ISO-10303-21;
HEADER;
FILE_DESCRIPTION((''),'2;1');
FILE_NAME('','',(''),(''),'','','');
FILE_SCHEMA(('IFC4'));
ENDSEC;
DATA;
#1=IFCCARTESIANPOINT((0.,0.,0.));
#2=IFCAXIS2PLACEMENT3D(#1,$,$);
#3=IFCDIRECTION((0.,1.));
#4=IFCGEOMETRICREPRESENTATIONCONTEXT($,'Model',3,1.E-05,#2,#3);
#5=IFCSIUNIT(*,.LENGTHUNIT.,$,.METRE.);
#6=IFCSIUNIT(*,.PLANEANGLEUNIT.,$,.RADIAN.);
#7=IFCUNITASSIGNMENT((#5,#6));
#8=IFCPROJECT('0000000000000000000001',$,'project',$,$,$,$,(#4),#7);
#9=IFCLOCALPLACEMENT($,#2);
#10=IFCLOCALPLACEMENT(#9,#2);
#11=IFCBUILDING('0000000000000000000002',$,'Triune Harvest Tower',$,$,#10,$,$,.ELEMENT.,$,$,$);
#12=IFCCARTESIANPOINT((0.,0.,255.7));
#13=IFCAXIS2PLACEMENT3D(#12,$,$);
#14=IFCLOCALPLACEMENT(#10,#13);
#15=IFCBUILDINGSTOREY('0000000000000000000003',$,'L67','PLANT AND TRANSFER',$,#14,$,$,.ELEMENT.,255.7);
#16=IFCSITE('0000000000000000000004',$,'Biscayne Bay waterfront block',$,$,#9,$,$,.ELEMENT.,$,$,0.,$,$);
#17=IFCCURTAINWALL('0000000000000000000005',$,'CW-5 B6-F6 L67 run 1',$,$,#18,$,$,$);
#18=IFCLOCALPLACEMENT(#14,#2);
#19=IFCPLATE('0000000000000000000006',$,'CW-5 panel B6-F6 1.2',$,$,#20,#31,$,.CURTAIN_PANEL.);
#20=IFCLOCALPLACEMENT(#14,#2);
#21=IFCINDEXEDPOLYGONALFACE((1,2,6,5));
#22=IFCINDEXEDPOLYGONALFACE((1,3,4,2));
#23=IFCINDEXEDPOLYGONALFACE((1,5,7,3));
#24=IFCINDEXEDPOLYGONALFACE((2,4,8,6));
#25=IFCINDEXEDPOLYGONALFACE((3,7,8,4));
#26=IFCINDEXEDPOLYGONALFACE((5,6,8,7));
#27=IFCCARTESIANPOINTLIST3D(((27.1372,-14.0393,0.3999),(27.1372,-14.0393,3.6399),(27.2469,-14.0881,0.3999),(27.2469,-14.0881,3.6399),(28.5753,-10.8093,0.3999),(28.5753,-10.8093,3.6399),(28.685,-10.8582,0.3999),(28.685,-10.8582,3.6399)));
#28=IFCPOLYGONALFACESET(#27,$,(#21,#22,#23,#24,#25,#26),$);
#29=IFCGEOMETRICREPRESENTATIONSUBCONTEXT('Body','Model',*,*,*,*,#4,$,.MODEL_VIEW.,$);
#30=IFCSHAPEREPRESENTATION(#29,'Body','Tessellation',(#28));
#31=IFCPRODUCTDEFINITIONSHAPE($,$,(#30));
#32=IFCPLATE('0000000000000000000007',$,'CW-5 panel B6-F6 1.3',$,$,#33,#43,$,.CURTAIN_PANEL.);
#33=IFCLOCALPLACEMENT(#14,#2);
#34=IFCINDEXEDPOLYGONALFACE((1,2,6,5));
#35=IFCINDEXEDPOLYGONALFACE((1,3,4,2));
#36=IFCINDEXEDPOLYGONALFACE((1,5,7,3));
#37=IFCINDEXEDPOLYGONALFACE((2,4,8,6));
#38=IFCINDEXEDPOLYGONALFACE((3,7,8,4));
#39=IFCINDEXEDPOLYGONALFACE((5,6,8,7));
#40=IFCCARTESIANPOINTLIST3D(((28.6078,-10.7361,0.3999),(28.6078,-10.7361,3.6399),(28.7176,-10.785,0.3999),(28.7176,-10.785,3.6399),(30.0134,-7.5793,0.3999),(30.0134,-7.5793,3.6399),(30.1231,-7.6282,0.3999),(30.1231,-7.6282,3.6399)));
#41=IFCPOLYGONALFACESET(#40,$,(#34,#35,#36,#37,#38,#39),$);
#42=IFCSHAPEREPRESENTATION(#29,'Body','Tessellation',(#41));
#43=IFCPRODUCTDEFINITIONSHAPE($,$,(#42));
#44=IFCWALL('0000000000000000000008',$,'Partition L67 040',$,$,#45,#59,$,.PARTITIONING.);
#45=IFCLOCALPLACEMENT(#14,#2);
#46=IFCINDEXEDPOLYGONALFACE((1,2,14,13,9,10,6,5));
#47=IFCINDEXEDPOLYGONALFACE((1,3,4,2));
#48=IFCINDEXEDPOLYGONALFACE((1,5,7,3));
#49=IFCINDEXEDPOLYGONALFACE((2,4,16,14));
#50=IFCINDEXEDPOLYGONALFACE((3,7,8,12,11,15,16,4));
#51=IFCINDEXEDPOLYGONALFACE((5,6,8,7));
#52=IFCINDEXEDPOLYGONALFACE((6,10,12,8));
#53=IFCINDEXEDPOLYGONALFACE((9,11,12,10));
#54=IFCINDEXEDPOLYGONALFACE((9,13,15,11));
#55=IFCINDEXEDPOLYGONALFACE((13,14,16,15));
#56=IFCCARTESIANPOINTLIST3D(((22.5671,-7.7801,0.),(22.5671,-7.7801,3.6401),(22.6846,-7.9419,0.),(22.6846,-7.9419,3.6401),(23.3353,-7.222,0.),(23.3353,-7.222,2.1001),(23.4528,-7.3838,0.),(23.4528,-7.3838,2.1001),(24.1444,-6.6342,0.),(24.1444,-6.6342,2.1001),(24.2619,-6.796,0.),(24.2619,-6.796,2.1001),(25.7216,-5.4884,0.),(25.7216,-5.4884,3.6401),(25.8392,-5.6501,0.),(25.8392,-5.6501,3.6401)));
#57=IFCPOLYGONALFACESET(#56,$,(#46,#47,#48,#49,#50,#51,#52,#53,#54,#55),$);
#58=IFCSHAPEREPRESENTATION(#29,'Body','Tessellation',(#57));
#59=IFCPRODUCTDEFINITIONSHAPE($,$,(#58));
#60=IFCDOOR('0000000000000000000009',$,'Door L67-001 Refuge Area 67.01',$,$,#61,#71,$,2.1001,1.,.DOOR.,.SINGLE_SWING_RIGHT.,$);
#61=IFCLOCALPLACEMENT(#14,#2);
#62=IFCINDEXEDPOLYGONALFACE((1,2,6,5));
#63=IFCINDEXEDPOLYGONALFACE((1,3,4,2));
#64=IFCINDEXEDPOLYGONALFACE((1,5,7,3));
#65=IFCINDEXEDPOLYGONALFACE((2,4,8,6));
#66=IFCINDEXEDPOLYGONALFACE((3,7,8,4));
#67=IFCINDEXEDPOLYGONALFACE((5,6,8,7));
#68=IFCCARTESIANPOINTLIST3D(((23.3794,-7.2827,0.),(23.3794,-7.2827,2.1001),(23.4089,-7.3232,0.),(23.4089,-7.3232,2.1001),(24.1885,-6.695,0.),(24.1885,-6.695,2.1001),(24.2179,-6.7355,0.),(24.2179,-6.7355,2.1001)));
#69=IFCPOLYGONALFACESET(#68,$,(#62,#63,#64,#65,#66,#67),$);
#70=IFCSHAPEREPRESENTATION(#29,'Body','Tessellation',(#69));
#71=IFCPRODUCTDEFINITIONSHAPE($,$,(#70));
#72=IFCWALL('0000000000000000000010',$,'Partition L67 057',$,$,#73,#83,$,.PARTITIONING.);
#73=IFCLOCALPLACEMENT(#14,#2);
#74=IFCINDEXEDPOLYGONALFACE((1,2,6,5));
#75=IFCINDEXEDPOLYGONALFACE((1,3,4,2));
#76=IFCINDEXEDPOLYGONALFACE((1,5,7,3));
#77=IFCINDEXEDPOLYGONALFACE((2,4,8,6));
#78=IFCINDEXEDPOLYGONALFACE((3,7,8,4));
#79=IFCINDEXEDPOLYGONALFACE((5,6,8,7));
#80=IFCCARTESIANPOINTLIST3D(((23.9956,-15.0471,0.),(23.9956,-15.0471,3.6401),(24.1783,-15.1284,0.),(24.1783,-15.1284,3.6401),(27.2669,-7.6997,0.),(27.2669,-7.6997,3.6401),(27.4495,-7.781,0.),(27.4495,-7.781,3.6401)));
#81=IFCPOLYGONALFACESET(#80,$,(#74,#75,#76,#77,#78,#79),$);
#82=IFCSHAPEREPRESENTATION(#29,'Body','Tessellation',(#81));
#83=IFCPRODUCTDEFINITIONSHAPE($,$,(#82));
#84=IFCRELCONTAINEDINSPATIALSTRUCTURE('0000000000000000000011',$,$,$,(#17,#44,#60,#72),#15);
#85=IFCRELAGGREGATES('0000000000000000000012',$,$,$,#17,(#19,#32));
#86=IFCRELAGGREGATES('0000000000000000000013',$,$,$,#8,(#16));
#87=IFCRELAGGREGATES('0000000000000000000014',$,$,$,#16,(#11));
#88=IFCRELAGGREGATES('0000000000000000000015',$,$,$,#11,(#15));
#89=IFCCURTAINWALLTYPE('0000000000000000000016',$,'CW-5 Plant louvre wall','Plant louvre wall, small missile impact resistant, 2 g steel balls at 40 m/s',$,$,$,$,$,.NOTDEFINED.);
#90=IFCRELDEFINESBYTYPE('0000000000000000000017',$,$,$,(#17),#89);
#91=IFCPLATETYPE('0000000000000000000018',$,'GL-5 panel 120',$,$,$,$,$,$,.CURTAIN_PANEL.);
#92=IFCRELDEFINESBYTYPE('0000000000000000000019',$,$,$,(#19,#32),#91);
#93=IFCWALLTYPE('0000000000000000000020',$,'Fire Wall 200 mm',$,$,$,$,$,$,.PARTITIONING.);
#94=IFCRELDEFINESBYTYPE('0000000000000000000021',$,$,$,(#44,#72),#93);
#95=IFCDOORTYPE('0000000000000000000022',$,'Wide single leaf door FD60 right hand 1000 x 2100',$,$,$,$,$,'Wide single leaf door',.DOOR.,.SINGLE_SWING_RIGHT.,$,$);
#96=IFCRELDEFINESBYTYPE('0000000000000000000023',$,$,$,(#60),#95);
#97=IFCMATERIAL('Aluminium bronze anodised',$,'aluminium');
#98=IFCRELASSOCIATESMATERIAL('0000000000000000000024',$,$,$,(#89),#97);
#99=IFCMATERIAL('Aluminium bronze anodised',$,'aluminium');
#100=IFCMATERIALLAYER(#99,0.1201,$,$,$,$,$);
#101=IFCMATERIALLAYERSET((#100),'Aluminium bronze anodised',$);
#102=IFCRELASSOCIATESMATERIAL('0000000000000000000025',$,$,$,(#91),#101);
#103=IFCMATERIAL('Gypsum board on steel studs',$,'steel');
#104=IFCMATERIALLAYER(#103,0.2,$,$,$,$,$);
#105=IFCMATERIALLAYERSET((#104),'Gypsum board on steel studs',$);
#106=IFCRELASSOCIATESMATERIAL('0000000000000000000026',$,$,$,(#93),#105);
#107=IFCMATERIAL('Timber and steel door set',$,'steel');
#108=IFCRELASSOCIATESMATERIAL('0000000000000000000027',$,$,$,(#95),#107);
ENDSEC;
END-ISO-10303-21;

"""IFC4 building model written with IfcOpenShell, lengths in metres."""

from ifc_helpers import new_model, si_unit, direction, frame, frame_2d, origin, origin_2d, place, context, subcontext, project, spatial, rectangle, extrude, source, transform, mapped, material, layer, layer_set, type_object, element, fill, aggregate, save


model = new_model("IFC4")

# Units and contexts
model_context = context("Model", 3, precision=1e-05, world=origin(), true_north=direction((0.0, 1.0)))
body_context = subcontext(model_context, "Body", "Model", "MODEL_VIEW")
ifc_project = project(units=[si_unit("LENGTHUNIT", "METRE"), si_unit("PLANEANGLEUNIT", "RADIAN")], contexts=[model_context])

# Site, building, storey
site_placement = place(None, origin())
site = spatial("IfcSite", under=ifc_project, at=site_placement, Name="Biscayne Bay waterfront block", CompositionType="ELEMENT", RefElevation=0.0)
building_placement = place(site_placement, origin())
building = spatial("IfcBuilding", under=site, at=building_placement, Name="Triune Harvest Tower", CompositionType="ELEMENT")
storey_placement = place(building_placement, frame((0.0, 0.0, 255.7)))
storey = spatial("IfcBuildingStorey", under=building, at=storey_placement, Name="L67", Description="PLANT AND TRANSFER", CompositionType="ELEMENT", Elevation=255.7)

# Shared definitions
ifc_material_1 = material(Name="Aluminium bronze anodised", Category="aluminium")
curtain_wall_type = type_object("IfcCurtainWallType", Name="CW-5 Plant louvre wall", Description="Plant louvre wall, small missile impact resistant, 2 g steel balls at 40 m/s", PredefinedType="NOTDEFINED", material=ifc_material_1)

# Curtain wall
curtain_wall_1_placement = place(storey_placement, origin())
curtain_wall_1 = element("IfcCurtainWall", 1, at=curtain_wall_1_placement, inside=storey, type_object=curtain_wall_type, Name="CW-5 B6-F6 L67 run 1")

# Plates
ifc_material_2 = material(Name="Aluminium bronze anodised", Category="aluminium")
ifc_layer_1 = layer(ifc_material_2, 0.1201)
ifc_layer_set_1 = layer_set([ifc_layer_1], Name="Aluminium bronze anodised")
plate_type = type_object("IfcPlateType", Name="GL-5 panel 120", PredefinedType="CURTAIN_PANEL", material=ifc_layer_set_1)
shared_shape_1 = source(origin(), body_context, "Body", "SweptSolid", [
    extrude(rectangle(XDim=3.5356, YDim=0.1201, at=origin_2d()), origin(), (0.0, 0.0, 1.0), 3.24),
])
plate_1_placement = place(storey_placement, frame((27.9111, -12.4487, 0.3999), z_axis=(0.0, 0.0, 1.0), x_axis=(0.406743, 0.913543, 0.0)))
plate_1 = element("IfcPlate", 2, at=plate_1_placement, type_object=plate_type, Name="CW-5 panel B6-F6 1.2", PredefinedType="CURTAIN_PANEL", context=body_context, shape_type="MappedRepresentation", body=[
    mapped(shared_shape_1, transform((0.0, 0.0, 0.0), scale=1.0)),
])
shared_shape_2 = source(origin(), body_context, "Body", "SweptSolid", [
    extrude(rectangle(XDim=3.4556, YDim=0.1201, at=origin_2d()), origin(), (0.0, 0.0, 1.0), 3.24),
])
plate_2_placement = place(storey_placement, frame((29.3655, -9.1821, 0.3999), z_axis=(0.0, 0.0, 1.0), x_axis=(0.406743, 0.913543, 0.0)))
plate_2 = element("IfcPlate", 3, at=plate_2_placement, type_object=plate_type, Name="CW-5 panel B6-F6 1.3", PredefinedType="CURTAIN_PANEL", context=body_context, shape_type="MappedRepresentation", body=[
    mapped(shared_shape_2, transform((0.0, 0.0, 0.0), scale=1.0)),
])
aggregate(curtain_wall_1, [plate_1, plate_2])

# Wall, opening, door
ifc_material_3 = material(Name="Gypsum board on steel studs", Category="steel")
ifc_layer_2 = layer(ifc_material_3, 0.2)
ifc_layer_set_2 = layer_set([ifc_layer_2], Name="Gypsum board on steel studs")
wall_type = type_object("IfcWallType", Name="Fire Wall 200 mm", PredefinedType="PARTITIONING", material=ifc_layer_set_2)
wall_1_placement = place(storey_placement, frame((22.6257, -7.8611, 0.0), z_axis=(0.0, 0.0, 1.0), x_axis=(0.809037, 0.587758, 0.0)))
wall_1 = element("IfcWall", 4, at=wall_1_placement, inside=storey, type_object=wall_type, Name="Partition L67 040", PredefinedType="PARTITIONING", context=body_context, shape_type="SweptSolid", body=[
    extrude(rectangle(XDim=3.8992, YDim=0.2, at=frame_2d((1.9497, 0.0))), origin(), (0.0, 0.0, 1.0), 3.6401),
])
opening_placement = place(wall_1_placement, frame((0.9497, 0.0, 0.0)))
opening = element("IfcOpeningElement", 5, at=opening_placement, cuts=wall_1, PredefinedType="OPENING", context=body_context, shape_type="SweptSolid", body=[
    extrude(rectangle(XDim=1.0, YDim=2.1001, at=frame_2d((0.5, 1.05))), frame((0.0, 0.1099, 0.0), z_axis=(0.0, -1.0, 0.0), x_axis=(1.0, 0.0, 0.0)), (0.0, 0.0, 1.0), 0.22),
])
ifc_material_4 = material(Name="Timber and steel door set", Category="steel")
door_type = type_object("IfcDoorType", Name="Wide single leaf door FD60 right hand 1000 x 2100", ElementType="Wide single leaf door", OperationType="SINGLE_SWING_RIGHT", PredefinedType="DOOR", material=ifc_material_4)
door_placement = place(opening_placement, origin())
door = element("IfcDoor", 6, at=door_placement, inside=storey, type_object=door_type, Name="Door L67-001 Refuge Area 67.01", OperationType="SINGLE_SWING_RIGHT", OverallHeight=2.1001, OverallWidth=1.0, PredefinedType="DOOR", context=body_context, shape_type="SweptSolid", body=[
    extrude(rectangle(XDim=1.0, YDim=2.1001, at=frame_2d((0.5, 1.05))), frame((0.0, 0.0249, 0.0), z_axis=(0.0, -1.0, 0.0), x_axis=(1.0, 0.0, 0.0)), (0.0, 0.0, 1.0), 0.05),
])
fill(opening, door)

# Wall
wall_2_placement = place(storey_placement, frame((24.0869, -15.0879, 0.0), z_axis=(0.0, 0.0, 1.0), x_axis=(0.406733, 0.913547, 0.0)))
element("IfcWall", 7, at=wall_2_placement, inside=storey, type_object=wall_type, Name="Partition L67 057", PredefinedType="PARTITIONING", context=body_context, shape_type="SweptSolid", body=[
    extrude(rectangle(XDim=8.0427, YDim=0.2, at=frame_2d((4.0215, 0.0))), origin(), (0.0, 0.0, 1.0), 3.6401),
])

save(model, "model.ifc")
